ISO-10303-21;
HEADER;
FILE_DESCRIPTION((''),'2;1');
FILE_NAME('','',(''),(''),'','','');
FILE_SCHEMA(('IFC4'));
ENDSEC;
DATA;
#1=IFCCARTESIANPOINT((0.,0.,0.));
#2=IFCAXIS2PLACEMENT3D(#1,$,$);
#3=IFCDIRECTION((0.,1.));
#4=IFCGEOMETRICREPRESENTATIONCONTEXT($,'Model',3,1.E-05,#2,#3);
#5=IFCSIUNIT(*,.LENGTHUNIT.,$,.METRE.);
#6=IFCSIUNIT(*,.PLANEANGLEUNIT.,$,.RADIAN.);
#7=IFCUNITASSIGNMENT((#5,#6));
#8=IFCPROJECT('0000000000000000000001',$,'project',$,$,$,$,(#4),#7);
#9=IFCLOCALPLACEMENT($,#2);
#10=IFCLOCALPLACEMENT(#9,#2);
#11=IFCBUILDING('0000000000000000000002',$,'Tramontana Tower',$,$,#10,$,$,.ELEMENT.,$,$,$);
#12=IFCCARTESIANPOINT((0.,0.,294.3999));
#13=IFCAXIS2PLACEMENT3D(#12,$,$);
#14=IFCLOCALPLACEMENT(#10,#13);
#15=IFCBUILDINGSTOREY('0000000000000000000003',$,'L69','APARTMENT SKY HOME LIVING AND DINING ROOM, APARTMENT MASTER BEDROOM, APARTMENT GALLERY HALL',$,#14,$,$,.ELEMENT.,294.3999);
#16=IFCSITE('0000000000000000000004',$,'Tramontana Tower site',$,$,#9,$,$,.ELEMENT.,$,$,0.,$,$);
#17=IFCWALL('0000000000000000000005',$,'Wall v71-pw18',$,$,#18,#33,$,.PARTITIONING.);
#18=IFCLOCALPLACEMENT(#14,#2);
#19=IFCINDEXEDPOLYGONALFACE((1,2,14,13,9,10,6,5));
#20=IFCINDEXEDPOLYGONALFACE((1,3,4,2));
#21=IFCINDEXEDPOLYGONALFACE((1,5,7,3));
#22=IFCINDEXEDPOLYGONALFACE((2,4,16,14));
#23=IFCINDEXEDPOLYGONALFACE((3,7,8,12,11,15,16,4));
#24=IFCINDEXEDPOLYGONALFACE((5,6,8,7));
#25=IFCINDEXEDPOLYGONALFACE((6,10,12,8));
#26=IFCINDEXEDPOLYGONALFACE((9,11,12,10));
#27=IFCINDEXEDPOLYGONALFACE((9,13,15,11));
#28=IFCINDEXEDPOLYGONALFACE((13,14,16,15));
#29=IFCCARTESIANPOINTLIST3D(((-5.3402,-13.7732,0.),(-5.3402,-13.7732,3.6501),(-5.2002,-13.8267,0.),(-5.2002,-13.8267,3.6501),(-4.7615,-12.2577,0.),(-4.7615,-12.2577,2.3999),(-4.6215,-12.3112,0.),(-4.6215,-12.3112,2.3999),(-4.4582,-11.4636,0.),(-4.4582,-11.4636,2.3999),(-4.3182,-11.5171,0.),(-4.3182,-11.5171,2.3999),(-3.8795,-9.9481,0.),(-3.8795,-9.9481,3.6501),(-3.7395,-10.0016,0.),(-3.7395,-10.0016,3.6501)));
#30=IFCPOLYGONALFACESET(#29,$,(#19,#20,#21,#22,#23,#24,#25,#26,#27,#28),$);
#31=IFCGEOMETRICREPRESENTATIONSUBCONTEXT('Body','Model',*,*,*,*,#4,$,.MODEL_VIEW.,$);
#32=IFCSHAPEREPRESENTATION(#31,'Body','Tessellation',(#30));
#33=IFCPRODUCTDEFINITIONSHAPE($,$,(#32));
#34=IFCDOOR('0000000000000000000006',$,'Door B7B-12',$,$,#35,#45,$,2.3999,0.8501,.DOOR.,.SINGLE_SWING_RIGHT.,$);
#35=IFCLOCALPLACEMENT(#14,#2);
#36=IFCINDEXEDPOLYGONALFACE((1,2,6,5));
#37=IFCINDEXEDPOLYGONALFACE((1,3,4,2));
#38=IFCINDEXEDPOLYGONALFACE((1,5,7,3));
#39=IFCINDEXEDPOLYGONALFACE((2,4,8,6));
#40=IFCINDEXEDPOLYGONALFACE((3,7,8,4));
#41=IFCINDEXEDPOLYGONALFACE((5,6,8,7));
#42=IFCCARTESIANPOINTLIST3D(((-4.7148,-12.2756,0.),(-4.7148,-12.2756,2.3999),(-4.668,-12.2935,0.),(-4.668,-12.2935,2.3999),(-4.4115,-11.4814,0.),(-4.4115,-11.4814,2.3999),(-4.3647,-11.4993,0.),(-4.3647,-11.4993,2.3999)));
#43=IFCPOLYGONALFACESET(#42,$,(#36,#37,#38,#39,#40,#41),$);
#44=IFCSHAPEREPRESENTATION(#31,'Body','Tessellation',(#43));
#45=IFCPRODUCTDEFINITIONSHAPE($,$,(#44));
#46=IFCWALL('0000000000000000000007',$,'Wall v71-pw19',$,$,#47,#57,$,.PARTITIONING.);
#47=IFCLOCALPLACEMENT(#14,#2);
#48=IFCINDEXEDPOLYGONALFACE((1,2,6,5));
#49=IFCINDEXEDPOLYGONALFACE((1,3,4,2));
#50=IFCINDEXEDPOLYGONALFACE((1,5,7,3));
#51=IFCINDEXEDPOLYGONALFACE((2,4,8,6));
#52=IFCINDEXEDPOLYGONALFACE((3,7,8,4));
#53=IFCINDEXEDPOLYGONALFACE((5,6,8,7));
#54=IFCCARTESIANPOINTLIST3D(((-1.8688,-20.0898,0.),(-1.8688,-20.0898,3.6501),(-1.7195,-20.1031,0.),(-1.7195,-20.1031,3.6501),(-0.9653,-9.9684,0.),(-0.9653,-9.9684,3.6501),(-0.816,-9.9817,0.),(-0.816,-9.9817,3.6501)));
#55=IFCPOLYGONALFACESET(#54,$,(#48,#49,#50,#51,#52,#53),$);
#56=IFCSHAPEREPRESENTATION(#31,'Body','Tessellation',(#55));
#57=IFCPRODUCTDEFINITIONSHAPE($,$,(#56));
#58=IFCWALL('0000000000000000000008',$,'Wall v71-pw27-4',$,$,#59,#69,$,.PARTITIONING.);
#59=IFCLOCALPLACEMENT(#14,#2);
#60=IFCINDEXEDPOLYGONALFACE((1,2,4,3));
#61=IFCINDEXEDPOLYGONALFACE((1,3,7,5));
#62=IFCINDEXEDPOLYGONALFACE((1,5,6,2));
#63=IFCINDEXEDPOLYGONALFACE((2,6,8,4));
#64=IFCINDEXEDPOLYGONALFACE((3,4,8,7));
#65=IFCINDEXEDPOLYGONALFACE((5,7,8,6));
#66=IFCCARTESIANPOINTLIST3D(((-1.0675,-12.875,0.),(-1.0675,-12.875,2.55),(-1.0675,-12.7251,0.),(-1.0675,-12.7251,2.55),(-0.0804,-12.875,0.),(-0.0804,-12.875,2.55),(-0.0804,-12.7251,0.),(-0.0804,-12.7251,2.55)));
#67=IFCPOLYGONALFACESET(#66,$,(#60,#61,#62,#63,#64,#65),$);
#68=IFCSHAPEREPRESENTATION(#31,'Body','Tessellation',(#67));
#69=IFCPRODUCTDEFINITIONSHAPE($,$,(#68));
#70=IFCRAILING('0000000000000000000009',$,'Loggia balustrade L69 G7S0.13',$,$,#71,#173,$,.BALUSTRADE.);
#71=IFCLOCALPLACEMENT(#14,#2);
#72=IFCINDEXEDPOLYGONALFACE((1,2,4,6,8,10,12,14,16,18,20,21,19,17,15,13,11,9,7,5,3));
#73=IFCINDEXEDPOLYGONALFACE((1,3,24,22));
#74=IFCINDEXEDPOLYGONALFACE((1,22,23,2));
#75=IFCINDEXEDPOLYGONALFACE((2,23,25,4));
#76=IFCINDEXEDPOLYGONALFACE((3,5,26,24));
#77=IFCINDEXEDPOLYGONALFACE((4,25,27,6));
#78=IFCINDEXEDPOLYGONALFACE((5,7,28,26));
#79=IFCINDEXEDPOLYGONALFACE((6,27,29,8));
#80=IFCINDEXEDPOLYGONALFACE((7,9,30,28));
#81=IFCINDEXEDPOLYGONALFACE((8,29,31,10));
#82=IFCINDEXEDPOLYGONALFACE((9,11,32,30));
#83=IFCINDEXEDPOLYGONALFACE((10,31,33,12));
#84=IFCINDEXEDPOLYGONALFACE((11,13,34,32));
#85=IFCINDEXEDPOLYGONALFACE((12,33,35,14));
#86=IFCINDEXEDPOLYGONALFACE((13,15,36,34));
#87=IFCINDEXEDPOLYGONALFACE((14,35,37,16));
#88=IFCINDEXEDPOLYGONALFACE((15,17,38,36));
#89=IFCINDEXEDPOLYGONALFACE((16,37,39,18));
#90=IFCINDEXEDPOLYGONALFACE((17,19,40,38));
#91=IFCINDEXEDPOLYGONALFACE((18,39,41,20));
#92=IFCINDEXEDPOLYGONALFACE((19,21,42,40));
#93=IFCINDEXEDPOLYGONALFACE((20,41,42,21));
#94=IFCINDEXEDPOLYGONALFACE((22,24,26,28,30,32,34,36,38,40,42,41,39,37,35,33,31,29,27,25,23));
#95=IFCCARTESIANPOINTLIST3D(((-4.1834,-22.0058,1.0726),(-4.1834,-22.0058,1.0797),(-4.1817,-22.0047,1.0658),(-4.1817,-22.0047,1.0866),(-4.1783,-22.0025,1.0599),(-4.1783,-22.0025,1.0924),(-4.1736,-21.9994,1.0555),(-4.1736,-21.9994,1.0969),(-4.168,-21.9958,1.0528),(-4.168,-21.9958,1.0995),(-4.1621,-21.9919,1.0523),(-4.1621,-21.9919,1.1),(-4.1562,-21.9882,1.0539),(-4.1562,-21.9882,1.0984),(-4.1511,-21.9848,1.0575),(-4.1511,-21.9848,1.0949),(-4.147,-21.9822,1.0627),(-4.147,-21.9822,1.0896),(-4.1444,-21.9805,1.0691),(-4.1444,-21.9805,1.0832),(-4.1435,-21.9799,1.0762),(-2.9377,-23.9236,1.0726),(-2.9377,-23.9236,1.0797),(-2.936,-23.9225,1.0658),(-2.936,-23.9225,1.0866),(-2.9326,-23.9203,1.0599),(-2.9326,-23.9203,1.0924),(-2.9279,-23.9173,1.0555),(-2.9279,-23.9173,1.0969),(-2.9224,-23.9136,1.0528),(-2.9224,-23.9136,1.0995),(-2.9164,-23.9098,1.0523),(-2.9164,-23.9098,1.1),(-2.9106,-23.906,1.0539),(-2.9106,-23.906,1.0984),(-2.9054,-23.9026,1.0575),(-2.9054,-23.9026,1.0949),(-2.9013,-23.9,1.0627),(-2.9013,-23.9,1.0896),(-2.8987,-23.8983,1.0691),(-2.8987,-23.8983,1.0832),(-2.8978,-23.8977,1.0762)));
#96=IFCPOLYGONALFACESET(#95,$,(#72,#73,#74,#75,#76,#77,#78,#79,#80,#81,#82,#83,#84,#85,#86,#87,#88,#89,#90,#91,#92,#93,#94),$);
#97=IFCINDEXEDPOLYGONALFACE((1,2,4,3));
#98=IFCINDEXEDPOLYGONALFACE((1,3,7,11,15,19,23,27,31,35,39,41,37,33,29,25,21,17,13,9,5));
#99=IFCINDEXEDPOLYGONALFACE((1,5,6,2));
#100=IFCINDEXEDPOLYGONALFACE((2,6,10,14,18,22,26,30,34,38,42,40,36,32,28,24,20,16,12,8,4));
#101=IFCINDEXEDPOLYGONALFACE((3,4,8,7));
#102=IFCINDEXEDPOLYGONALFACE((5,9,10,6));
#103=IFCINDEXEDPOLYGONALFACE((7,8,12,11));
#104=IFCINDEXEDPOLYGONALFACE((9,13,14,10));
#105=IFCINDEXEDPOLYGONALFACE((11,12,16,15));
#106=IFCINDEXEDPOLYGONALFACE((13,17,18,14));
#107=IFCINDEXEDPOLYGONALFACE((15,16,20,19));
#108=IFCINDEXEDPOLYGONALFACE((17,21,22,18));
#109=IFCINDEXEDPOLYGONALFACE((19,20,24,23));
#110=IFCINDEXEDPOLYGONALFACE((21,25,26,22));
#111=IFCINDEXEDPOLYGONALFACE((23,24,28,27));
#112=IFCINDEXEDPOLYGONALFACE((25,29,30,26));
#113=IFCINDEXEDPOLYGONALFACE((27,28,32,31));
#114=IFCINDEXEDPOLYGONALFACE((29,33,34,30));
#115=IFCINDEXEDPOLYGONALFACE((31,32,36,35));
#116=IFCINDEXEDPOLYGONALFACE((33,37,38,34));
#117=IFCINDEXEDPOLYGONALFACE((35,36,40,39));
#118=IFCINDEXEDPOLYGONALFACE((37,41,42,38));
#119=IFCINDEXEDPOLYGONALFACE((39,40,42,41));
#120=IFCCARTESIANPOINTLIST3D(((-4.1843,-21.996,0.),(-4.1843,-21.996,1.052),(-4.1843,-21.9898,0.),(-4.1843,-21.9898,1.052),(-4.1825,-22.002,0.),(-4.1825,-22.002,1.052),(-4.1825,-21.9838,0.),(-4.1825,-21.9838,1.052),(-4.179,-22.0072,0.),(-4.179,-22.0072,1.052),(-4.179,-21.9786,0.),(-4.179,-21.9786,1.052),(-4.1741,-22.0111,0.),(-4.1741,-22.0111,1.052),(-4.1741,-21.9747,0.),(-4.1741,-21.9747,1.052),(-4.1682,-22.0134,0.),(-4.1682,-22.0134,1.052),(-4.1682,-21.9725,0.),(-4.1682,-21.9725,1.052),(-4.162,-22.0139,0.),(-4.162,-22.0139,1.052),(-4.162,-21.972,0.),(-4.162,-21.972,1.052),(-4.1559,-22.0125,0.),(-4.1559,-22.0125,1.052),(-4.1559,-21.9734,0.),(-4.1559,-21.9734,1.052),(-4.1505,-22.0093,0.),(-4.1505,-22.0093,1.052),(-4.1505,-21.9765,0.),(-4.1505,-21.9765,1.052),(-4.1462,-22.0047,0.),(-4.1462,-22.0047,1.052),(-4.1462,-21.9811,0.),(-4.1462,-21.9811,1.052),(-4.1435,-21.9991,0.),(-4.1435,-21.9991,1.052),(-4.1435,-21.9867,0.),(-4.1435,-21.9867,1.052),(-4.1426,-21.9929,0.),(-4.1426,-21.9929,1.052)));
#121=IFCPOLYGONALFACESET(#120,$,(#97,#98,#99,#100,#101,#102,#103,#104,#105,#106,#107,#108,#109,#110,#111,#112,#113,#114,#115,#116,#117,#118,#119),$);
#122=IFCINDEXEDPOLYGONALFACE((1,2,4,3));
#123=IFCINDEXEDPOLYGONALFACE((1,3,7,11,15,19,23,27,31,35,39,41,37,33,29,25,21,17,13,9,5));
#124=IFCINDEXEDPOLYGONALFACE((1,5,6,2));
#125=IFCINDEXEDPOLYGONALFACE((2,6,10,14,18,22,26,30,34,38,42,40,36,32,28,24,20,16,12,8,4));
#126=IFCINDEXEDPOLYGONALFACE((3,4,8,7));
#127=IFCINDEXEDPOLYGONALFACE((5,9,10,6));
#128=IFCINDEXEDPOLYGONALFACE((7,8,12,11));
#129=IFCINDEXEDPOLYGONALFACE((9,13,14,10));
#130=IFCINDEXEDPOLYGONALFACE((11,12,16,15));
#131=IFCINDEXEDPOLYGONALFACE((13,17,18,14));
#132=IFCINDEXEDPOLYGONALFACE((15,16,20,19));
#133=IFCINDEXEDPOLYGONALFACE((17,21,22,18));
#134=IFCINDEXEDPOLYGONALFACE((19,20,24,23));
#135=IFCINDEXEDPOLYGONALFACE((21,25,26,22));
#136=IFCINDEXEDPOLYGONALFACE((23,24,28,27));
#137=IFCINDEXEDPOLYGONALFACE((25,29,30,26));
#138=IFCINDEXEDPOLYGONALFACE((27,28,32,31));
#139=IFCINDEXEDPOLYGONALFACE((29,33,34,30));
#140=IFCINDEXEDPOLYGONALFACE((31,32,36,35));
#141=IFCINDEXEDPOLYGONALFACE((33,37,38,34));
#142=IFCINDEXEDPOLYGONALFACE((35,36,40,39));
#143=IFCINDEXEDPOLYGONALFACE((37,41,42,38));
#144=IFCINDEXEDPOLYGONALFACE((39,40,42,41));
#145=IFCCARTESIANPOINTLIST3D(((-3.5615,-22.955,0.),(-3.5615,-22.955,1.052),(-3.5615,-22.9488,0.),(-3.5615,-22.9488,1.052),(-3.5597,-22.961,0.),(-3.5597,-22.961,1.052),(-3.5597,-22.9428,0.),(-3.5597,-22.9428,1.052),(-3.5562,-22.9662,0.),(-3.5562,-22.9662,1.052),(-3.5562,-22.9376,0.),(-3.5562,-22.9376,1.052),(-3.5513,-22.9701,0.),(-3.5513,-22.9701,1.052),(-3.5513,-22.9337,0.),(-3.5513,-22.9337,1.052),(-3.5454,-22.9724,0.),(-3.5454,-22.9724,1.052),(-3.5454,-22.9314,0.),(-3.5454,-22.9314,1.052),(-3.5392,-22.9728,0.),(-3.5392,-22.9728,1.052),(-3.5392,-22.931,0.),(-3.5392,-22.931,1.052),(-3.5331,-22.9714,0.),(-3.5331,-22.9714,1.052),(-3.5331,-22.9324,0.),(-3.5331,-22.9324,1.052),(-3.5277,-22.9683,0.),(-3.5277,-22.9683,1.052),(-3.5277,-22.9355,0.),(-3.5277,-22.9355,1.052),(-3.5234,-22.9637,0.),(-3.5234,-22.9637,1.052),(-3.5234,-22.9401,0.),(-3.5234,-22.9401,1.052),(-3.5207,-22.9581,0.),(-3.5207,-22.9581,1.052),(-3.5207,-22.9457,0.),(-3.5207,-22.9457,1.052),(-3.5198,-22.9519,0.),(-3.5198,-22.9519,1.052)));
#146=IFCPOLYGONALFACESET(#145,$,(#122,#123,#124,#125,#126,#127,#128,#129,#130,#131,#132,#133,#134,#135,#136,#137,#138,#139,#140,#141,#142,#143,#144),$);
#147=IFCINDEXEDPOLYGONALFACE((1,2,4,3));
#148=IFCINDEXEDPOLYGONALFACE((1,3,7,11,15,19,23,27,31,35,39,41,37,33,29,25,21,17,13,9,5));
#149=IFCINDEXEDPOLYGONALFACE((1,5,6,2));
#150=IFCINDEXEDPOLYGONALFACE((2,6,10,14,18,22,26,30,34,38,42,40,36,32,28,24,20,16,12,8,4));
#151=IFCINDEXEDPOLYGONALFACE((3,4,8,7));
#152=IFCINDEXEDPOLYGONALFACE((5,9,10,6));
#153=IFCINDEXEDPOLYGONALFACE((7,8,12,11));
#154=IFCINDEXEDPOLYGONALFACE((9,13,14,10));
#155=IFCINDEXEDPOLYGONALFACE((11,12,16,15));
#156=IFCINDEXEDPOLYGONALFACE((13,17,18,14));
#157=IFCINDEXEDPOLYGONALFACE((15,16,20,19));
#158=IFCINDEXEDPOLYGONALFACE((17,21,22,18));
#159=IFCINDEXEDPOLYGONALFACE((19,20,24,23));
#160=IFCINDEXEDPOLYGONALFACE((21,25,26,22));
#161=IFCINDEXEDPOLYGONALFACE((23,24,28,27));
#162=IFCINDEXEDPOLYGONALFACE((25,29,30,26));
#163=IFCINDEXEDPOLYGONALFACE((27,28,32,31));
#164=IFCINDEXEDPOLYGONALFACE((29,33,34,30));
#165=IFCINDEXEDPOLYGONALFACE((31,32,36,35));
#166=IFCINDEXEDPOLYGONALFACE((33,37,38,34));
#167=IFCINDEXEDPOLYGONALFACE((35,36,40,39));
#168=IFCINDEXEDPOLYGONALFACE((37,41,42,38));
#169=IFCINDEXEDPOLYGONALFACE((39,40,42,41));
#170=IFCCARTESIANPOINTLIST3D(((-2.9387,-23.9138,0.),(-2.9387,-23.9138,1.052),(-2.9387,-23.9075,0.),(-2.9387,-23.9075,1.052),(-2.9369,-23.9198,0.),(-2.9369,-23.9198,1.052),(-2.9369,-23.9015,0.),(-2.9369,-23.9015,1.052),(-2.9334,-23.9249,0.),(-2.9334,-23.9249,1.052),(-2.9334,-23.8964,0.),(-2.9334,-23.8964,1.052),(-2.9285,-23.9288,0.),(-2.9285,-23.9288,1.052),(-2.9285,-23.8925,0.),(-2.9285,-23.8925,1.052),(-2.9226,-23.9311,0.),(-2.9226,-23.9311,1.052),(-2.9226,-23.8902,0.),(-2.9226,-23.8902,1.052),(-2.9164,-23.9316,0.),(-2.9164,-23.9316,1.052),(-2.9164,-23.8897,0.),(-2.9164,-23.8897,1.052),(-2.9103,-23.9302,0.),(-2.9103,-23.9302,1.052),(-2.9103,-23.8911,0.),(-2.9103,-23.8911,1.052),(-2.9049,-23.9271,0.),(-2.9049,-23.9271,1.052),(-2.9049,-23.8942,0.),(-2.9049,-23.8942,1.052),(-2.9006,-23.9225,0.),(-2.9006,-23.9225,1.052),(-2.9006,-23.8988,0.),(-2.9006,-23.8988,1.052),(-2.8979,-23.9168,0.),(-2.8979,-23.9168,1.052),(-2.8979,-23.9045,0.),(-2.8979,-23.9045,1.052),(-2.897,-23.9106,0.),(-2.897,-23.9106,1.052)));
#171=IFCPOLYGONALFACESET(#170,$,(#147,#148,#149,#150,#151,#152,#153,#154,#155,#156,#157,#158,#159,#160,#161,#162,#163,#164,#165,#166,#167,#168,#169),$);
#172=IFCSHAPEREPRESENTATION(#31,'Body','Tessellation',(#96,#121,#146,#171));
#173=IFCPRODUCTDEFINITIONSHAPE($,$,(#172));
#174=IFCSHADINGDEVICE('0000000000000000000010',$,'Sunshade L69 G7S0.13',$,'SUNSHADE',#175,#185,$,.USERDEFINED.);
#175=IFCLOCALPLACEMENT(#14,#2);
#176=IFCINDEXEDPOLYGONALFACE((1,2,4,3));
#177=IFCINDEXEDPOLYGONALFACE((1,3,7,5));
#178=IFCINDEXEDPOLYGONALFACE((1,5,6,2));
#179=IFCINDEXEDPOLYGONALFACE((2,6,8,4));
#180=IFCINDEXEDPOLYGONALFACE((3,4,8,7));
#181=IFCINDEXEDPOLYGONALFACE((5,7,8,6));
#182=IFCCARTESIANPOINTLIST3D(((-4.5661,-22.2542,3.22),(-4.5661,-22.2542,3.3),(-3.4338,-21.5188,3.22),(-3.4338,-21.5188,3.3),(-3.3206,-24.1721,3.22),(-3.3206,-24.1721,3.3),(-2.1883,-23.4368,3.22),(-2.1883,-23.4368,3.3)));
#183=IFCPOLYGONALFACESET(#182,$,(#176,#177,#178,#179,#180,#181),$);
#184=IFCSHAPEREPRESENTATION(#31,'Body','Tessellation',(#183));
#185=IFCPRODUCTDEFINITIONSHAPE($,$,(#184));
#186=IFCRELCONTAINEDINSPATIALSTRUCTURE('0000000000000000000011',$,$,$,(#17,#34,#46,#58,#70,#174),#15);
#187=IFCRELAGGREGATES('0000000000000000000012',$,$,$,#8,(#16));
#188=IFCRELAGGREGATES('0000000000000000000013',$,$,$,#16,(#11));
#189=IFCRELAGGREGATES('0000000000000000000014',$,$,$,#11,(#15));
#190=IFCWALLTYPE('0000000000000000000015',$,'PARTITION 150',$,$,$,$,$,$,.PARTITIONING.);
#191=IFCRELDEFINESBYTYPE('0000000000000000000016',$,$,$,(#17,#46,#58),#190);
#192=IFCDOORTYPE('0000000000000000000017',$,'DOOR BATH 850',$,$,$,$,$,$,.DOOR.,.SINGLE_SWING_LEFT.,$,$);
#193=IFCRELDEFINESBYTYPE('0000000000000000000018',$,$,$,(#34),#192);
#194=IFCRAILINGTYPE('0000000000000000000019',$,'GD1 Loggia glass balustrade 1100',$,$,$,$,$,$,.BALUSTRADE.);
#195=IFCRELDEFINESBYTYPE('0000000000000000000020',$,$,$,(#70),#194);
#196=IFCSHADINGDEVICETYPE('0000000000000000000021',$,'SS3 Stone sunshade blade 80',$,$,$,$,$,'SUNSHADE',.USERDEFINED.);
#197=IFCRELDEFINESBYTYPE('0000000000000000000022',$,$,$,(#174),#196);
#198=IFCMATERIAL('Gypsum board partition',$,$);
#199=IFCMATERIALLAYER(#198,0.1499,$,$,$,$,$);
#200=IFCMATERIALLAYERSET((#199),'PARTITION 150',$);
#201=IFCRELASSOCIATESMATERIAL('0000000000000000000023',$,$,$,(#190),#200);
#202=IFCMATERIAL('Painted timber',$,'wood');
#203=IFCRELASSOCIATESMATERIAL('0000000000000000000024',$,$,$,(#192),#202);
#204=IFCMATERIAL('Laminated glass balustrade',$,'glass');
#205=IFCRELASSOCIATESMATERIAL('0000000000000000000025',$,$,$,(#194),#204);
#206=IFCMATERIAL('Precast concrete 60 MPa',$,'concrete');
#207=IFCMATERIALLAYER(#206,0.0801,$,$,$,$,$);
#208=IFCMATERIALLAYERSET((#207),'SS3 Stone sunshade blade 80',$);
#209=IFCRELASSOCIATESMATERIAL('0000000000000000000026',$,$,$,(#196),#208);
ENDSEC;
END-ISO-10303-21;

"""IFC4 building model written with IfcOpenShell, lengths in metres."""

from ifc_helpers import new_model, si_unit, direction, frame, frame_2d, origin, origin_2d, place, context, subcontext, project, spatial, rectangle, circle, extrude, material, layer, layer_set, type_object, element, fill, save


model = new_model("IFC4")

# Units and contexts
model_context = context("Model", 3, precision=1e-05, world=origin(), true_north=direction((0.0, 1.0)))
body_context = subcontext(model_context, "Body", "Model", "MODEL_VIEW")
ifc_project = project(units=[si_unit("LENGTHUNIT", "METRE"), si_unit("PLANEANGLEUNIT", "RADIAN")], contexts=[model_context])

# Site, building, storey
site_placement = place(None, origin())
site = spatial("IfcSite", under=ifc_project, at=site_placement, Name="Tramontana Tower site", CompositionType="ELEMENT", RefElevation=0.0)
building_placement = place(site_placement, origin())
building = spatial("IfcBuilding", under=site, at=building_placement, Name="Tramontana Tower", CompositionType="ELEMENT")
storey_placement = place(building_placement, frame((0.0, 0.0, 294.3999)))
storey = spatial("IfcBuildingStorey", under=building, at=storey_placement, Name="L69", Description="APARTMENT SKY HOME LIVING AND DINING ROOM, APARTMENT MASTER BEDROOM, APARTMENT GALLERY HALL", CompositionType="ELEMENT", Elevation=294.3999)

# Shared definitions
ifc_material_1 = material(Name="Gypsum board partition")
ifc_layer_1 = layer(ifc_material_1, 0.1499)
ifc_layer_set_1 = layer_set([ifc_layer_1], Name="PARTITION 150")
wall_type_1 = type_object("IfcWallType", Name="PARTITION 150", PredefinedType="PARTITIONING", material=ifc_layer_set_1)

# Wall, opening, door
wall_1_placement = place(storey_placement, frame((-5.2703, -13.8, 0.0), z_axis=(0.0, 0.0, 1.0), x_axis=(0.356756, 0.934197, 0.0)))
wall_1 = element("IfcWall", 1, at=wall_1_placement, inside=storey, type_object=wall_type_1, Name="Wall v71-pw18", PredefinedType="PARTITIONING", context=body_context, shape_type="SweptSolid", body=[
    extrude(rectangle(XDim=4.0945, YDim=0.1499, at=frame_2d((2.0474, 0.0))), origin(), (0.0, 0.0, 1.0), 3.6501),
])
opening_1_placement = place(wall_1_placement, frame((1.6223, 0.0, 0.0)))
opening_1 = element("IfcOpeningElement", 2, at=opening_1_placement, cuts=wall_1, PredefinedType="OPENING", context=body_context, shape_type="SweptSolid", body=[
    extrude(rectangle(XDim=0.8501, YDim=2.3999, at=frame_2d((0.425, 1.2))), frame((0.0, 0.085, 0.0), z_axis=(0.0, -1.0, 0.0), x_axis=(1.0, 0.0, 0.0)), (0.0, 0.0, 1.0), 0.1699),
])
ifc_material_2 = material(Name="Painted timber", Category="wood")
door_type_1 = type_object("IfcDoorType", Name="DOOR BATH 850", OperationType="SINGLE_SWING_LEFT", PredefinedType="DOOR", material=ifc_material_2)
door_1_placement = place(opening_1_placement, origin())
door_1 = element("IfcDoor", 3, at=door_1_placement, inside=storey, type_object=door_type_1, Name="Door B7B-12", OperationType="SINGLE_SWING_RIGHT", OverallHeight=2.3999, OverallWidth=0.8501, PredefinedType="DOOR", context=body_context, shape_type="SweptSolid", body=[
    extrude(rectangle(XDim=0.8501, YDim=2.3999, at=frame_2d((0.425, 1.2))), frame((0.0, 0.0249, 0.0), z_axis=(0.0, -1.0, 0.0), x_axis=(1.0, 0.0, 0.0)), (0.0, 0.0, 1.0), 0.05),
])
fill(opening_1, door_1)

# Walls
wall_2_placement = place(storey_placement, frame((-1.7942, -20.0964, 0.0), z_axis=(0.0, 0.0, 1.0), x_axis=(0.08892, 0.996039, 0.0)))
element("IfcWall", 4, at=wall_2_placement, inside=storey, type_object=wall_type_1, Name="Wall v71-pw19", PredefinedType="PARTITIONING", context=body_context, shape_type="SweptSolid", body=[
    extrude(rectangle(XDim=10.1616, YDim=0.1499, at=frame_2d((5.0808, 0.0))), origin(), (0.0, 0.0, 1.0), 3.6501),
])
wall_3_placement = place(storey_placement, frame((-0.0803, -12.8, 0.0), z_axis=(0.0, 0.0, 1.0), x_axis=(-1.0, 0.0, 0.0)))
element("IfcWall", 5, at=wall_3_placement, inside=storey, type_object=wall_type_1, Name="Wall v71-pw27-4", PredefinedType="PARTITIONING", context=body_context, shape_type="SweptSolid", body=[
    extrude(rectangle(XDim=0.9871, YDim=0.1499, at=frame_2d((0.4937, 0.0))), origin(), (0.0, 0.0, 1.0), 2.55),
])

# Railing
ifc_material_3 = material(Name="Laminated glass balustrade", Category="glass")
railing_type = type_object("IfcRailingType", Name="GD1 Loggia glass balustrade 1100", PredefinedType="BALUSTRADE", material=ifc_material_3)
railing_placement = place(storey_placement, frame((-4.1636, -21.9929, 0.0)))
element("IfcRailing", 6, at=railing_placement, inside=storey, type_object=railing_type, Name="Loggia balustrade L69 G7S0.13", PredefinedType="BALUSTRADE", context=body_context, shape_type="SweptSolid", body=[
    extrude(circle(Radius=0.0239, at=origin_2d()), frame((0.0, 0.0, 1.0762), z_axis=(0.544707, -0.838627, 0.0), x_axis=(0.838627, 0.544707, 0.0)), (0.0, 0.0, 1.0), 2.2869),
    extrude(circle(Radius=0.021, at=origin_2d()), origin(), (0.0, 0.0, 1.0), 1.052),
    extrude(circle(Radius=0.021, at=origin_2d()), frame((0.6228, -0.959, 0.0)), (0.0, 0.0, 1.0), 1.052),
    extrude(circle(Radius=0.021, at=origin_2d()), frame((1.2456, -1.9177, 0.0)), (0.0, 0.0, 1.0), 1.052),
])

# Shading device
ifc_material_4 = material(Name="Precast concrete 60 MPa", Category="concrete")
ifc_layer_2 = layer(ifc_material_4, 0.0801)
ifc_layer_set_2 = layer_set([ifc_layer_2], Name="SS3 Stone sunshade blade 80")
shading_device_type = type_object("IfcShadingDeviceType", Name="SS3 Stone sunshade blade 80", ElementType="SUNSHADE", PredefinedType="USERDEFINED", material=ifc_layer_set_2)
shading_device_placement = place(storey_placement, frame((-3.3772, -22.8455, 3.22), z_axis=(0.0, 0.0, 1.0), x_axis=(0.544639, -0.838671, 0.0)))
element("IfcShadingDevice", 7, at=shading_device_placement, inside=storey, type_object=shading_device_type, Name="Sunshade L69 G7S0.13", ObjectType="SUNSHADE", PredefinedType="USERDEFINED", context=body_context, shape_type="SweptSolid", body=[
    extrude(rectangle(XDim=2.2869, YDim=1.3501, at=origin_2d()), origin(), (0.0, 0.0, 1.0), 0.0801),
])

save(model, "model.ifc")
